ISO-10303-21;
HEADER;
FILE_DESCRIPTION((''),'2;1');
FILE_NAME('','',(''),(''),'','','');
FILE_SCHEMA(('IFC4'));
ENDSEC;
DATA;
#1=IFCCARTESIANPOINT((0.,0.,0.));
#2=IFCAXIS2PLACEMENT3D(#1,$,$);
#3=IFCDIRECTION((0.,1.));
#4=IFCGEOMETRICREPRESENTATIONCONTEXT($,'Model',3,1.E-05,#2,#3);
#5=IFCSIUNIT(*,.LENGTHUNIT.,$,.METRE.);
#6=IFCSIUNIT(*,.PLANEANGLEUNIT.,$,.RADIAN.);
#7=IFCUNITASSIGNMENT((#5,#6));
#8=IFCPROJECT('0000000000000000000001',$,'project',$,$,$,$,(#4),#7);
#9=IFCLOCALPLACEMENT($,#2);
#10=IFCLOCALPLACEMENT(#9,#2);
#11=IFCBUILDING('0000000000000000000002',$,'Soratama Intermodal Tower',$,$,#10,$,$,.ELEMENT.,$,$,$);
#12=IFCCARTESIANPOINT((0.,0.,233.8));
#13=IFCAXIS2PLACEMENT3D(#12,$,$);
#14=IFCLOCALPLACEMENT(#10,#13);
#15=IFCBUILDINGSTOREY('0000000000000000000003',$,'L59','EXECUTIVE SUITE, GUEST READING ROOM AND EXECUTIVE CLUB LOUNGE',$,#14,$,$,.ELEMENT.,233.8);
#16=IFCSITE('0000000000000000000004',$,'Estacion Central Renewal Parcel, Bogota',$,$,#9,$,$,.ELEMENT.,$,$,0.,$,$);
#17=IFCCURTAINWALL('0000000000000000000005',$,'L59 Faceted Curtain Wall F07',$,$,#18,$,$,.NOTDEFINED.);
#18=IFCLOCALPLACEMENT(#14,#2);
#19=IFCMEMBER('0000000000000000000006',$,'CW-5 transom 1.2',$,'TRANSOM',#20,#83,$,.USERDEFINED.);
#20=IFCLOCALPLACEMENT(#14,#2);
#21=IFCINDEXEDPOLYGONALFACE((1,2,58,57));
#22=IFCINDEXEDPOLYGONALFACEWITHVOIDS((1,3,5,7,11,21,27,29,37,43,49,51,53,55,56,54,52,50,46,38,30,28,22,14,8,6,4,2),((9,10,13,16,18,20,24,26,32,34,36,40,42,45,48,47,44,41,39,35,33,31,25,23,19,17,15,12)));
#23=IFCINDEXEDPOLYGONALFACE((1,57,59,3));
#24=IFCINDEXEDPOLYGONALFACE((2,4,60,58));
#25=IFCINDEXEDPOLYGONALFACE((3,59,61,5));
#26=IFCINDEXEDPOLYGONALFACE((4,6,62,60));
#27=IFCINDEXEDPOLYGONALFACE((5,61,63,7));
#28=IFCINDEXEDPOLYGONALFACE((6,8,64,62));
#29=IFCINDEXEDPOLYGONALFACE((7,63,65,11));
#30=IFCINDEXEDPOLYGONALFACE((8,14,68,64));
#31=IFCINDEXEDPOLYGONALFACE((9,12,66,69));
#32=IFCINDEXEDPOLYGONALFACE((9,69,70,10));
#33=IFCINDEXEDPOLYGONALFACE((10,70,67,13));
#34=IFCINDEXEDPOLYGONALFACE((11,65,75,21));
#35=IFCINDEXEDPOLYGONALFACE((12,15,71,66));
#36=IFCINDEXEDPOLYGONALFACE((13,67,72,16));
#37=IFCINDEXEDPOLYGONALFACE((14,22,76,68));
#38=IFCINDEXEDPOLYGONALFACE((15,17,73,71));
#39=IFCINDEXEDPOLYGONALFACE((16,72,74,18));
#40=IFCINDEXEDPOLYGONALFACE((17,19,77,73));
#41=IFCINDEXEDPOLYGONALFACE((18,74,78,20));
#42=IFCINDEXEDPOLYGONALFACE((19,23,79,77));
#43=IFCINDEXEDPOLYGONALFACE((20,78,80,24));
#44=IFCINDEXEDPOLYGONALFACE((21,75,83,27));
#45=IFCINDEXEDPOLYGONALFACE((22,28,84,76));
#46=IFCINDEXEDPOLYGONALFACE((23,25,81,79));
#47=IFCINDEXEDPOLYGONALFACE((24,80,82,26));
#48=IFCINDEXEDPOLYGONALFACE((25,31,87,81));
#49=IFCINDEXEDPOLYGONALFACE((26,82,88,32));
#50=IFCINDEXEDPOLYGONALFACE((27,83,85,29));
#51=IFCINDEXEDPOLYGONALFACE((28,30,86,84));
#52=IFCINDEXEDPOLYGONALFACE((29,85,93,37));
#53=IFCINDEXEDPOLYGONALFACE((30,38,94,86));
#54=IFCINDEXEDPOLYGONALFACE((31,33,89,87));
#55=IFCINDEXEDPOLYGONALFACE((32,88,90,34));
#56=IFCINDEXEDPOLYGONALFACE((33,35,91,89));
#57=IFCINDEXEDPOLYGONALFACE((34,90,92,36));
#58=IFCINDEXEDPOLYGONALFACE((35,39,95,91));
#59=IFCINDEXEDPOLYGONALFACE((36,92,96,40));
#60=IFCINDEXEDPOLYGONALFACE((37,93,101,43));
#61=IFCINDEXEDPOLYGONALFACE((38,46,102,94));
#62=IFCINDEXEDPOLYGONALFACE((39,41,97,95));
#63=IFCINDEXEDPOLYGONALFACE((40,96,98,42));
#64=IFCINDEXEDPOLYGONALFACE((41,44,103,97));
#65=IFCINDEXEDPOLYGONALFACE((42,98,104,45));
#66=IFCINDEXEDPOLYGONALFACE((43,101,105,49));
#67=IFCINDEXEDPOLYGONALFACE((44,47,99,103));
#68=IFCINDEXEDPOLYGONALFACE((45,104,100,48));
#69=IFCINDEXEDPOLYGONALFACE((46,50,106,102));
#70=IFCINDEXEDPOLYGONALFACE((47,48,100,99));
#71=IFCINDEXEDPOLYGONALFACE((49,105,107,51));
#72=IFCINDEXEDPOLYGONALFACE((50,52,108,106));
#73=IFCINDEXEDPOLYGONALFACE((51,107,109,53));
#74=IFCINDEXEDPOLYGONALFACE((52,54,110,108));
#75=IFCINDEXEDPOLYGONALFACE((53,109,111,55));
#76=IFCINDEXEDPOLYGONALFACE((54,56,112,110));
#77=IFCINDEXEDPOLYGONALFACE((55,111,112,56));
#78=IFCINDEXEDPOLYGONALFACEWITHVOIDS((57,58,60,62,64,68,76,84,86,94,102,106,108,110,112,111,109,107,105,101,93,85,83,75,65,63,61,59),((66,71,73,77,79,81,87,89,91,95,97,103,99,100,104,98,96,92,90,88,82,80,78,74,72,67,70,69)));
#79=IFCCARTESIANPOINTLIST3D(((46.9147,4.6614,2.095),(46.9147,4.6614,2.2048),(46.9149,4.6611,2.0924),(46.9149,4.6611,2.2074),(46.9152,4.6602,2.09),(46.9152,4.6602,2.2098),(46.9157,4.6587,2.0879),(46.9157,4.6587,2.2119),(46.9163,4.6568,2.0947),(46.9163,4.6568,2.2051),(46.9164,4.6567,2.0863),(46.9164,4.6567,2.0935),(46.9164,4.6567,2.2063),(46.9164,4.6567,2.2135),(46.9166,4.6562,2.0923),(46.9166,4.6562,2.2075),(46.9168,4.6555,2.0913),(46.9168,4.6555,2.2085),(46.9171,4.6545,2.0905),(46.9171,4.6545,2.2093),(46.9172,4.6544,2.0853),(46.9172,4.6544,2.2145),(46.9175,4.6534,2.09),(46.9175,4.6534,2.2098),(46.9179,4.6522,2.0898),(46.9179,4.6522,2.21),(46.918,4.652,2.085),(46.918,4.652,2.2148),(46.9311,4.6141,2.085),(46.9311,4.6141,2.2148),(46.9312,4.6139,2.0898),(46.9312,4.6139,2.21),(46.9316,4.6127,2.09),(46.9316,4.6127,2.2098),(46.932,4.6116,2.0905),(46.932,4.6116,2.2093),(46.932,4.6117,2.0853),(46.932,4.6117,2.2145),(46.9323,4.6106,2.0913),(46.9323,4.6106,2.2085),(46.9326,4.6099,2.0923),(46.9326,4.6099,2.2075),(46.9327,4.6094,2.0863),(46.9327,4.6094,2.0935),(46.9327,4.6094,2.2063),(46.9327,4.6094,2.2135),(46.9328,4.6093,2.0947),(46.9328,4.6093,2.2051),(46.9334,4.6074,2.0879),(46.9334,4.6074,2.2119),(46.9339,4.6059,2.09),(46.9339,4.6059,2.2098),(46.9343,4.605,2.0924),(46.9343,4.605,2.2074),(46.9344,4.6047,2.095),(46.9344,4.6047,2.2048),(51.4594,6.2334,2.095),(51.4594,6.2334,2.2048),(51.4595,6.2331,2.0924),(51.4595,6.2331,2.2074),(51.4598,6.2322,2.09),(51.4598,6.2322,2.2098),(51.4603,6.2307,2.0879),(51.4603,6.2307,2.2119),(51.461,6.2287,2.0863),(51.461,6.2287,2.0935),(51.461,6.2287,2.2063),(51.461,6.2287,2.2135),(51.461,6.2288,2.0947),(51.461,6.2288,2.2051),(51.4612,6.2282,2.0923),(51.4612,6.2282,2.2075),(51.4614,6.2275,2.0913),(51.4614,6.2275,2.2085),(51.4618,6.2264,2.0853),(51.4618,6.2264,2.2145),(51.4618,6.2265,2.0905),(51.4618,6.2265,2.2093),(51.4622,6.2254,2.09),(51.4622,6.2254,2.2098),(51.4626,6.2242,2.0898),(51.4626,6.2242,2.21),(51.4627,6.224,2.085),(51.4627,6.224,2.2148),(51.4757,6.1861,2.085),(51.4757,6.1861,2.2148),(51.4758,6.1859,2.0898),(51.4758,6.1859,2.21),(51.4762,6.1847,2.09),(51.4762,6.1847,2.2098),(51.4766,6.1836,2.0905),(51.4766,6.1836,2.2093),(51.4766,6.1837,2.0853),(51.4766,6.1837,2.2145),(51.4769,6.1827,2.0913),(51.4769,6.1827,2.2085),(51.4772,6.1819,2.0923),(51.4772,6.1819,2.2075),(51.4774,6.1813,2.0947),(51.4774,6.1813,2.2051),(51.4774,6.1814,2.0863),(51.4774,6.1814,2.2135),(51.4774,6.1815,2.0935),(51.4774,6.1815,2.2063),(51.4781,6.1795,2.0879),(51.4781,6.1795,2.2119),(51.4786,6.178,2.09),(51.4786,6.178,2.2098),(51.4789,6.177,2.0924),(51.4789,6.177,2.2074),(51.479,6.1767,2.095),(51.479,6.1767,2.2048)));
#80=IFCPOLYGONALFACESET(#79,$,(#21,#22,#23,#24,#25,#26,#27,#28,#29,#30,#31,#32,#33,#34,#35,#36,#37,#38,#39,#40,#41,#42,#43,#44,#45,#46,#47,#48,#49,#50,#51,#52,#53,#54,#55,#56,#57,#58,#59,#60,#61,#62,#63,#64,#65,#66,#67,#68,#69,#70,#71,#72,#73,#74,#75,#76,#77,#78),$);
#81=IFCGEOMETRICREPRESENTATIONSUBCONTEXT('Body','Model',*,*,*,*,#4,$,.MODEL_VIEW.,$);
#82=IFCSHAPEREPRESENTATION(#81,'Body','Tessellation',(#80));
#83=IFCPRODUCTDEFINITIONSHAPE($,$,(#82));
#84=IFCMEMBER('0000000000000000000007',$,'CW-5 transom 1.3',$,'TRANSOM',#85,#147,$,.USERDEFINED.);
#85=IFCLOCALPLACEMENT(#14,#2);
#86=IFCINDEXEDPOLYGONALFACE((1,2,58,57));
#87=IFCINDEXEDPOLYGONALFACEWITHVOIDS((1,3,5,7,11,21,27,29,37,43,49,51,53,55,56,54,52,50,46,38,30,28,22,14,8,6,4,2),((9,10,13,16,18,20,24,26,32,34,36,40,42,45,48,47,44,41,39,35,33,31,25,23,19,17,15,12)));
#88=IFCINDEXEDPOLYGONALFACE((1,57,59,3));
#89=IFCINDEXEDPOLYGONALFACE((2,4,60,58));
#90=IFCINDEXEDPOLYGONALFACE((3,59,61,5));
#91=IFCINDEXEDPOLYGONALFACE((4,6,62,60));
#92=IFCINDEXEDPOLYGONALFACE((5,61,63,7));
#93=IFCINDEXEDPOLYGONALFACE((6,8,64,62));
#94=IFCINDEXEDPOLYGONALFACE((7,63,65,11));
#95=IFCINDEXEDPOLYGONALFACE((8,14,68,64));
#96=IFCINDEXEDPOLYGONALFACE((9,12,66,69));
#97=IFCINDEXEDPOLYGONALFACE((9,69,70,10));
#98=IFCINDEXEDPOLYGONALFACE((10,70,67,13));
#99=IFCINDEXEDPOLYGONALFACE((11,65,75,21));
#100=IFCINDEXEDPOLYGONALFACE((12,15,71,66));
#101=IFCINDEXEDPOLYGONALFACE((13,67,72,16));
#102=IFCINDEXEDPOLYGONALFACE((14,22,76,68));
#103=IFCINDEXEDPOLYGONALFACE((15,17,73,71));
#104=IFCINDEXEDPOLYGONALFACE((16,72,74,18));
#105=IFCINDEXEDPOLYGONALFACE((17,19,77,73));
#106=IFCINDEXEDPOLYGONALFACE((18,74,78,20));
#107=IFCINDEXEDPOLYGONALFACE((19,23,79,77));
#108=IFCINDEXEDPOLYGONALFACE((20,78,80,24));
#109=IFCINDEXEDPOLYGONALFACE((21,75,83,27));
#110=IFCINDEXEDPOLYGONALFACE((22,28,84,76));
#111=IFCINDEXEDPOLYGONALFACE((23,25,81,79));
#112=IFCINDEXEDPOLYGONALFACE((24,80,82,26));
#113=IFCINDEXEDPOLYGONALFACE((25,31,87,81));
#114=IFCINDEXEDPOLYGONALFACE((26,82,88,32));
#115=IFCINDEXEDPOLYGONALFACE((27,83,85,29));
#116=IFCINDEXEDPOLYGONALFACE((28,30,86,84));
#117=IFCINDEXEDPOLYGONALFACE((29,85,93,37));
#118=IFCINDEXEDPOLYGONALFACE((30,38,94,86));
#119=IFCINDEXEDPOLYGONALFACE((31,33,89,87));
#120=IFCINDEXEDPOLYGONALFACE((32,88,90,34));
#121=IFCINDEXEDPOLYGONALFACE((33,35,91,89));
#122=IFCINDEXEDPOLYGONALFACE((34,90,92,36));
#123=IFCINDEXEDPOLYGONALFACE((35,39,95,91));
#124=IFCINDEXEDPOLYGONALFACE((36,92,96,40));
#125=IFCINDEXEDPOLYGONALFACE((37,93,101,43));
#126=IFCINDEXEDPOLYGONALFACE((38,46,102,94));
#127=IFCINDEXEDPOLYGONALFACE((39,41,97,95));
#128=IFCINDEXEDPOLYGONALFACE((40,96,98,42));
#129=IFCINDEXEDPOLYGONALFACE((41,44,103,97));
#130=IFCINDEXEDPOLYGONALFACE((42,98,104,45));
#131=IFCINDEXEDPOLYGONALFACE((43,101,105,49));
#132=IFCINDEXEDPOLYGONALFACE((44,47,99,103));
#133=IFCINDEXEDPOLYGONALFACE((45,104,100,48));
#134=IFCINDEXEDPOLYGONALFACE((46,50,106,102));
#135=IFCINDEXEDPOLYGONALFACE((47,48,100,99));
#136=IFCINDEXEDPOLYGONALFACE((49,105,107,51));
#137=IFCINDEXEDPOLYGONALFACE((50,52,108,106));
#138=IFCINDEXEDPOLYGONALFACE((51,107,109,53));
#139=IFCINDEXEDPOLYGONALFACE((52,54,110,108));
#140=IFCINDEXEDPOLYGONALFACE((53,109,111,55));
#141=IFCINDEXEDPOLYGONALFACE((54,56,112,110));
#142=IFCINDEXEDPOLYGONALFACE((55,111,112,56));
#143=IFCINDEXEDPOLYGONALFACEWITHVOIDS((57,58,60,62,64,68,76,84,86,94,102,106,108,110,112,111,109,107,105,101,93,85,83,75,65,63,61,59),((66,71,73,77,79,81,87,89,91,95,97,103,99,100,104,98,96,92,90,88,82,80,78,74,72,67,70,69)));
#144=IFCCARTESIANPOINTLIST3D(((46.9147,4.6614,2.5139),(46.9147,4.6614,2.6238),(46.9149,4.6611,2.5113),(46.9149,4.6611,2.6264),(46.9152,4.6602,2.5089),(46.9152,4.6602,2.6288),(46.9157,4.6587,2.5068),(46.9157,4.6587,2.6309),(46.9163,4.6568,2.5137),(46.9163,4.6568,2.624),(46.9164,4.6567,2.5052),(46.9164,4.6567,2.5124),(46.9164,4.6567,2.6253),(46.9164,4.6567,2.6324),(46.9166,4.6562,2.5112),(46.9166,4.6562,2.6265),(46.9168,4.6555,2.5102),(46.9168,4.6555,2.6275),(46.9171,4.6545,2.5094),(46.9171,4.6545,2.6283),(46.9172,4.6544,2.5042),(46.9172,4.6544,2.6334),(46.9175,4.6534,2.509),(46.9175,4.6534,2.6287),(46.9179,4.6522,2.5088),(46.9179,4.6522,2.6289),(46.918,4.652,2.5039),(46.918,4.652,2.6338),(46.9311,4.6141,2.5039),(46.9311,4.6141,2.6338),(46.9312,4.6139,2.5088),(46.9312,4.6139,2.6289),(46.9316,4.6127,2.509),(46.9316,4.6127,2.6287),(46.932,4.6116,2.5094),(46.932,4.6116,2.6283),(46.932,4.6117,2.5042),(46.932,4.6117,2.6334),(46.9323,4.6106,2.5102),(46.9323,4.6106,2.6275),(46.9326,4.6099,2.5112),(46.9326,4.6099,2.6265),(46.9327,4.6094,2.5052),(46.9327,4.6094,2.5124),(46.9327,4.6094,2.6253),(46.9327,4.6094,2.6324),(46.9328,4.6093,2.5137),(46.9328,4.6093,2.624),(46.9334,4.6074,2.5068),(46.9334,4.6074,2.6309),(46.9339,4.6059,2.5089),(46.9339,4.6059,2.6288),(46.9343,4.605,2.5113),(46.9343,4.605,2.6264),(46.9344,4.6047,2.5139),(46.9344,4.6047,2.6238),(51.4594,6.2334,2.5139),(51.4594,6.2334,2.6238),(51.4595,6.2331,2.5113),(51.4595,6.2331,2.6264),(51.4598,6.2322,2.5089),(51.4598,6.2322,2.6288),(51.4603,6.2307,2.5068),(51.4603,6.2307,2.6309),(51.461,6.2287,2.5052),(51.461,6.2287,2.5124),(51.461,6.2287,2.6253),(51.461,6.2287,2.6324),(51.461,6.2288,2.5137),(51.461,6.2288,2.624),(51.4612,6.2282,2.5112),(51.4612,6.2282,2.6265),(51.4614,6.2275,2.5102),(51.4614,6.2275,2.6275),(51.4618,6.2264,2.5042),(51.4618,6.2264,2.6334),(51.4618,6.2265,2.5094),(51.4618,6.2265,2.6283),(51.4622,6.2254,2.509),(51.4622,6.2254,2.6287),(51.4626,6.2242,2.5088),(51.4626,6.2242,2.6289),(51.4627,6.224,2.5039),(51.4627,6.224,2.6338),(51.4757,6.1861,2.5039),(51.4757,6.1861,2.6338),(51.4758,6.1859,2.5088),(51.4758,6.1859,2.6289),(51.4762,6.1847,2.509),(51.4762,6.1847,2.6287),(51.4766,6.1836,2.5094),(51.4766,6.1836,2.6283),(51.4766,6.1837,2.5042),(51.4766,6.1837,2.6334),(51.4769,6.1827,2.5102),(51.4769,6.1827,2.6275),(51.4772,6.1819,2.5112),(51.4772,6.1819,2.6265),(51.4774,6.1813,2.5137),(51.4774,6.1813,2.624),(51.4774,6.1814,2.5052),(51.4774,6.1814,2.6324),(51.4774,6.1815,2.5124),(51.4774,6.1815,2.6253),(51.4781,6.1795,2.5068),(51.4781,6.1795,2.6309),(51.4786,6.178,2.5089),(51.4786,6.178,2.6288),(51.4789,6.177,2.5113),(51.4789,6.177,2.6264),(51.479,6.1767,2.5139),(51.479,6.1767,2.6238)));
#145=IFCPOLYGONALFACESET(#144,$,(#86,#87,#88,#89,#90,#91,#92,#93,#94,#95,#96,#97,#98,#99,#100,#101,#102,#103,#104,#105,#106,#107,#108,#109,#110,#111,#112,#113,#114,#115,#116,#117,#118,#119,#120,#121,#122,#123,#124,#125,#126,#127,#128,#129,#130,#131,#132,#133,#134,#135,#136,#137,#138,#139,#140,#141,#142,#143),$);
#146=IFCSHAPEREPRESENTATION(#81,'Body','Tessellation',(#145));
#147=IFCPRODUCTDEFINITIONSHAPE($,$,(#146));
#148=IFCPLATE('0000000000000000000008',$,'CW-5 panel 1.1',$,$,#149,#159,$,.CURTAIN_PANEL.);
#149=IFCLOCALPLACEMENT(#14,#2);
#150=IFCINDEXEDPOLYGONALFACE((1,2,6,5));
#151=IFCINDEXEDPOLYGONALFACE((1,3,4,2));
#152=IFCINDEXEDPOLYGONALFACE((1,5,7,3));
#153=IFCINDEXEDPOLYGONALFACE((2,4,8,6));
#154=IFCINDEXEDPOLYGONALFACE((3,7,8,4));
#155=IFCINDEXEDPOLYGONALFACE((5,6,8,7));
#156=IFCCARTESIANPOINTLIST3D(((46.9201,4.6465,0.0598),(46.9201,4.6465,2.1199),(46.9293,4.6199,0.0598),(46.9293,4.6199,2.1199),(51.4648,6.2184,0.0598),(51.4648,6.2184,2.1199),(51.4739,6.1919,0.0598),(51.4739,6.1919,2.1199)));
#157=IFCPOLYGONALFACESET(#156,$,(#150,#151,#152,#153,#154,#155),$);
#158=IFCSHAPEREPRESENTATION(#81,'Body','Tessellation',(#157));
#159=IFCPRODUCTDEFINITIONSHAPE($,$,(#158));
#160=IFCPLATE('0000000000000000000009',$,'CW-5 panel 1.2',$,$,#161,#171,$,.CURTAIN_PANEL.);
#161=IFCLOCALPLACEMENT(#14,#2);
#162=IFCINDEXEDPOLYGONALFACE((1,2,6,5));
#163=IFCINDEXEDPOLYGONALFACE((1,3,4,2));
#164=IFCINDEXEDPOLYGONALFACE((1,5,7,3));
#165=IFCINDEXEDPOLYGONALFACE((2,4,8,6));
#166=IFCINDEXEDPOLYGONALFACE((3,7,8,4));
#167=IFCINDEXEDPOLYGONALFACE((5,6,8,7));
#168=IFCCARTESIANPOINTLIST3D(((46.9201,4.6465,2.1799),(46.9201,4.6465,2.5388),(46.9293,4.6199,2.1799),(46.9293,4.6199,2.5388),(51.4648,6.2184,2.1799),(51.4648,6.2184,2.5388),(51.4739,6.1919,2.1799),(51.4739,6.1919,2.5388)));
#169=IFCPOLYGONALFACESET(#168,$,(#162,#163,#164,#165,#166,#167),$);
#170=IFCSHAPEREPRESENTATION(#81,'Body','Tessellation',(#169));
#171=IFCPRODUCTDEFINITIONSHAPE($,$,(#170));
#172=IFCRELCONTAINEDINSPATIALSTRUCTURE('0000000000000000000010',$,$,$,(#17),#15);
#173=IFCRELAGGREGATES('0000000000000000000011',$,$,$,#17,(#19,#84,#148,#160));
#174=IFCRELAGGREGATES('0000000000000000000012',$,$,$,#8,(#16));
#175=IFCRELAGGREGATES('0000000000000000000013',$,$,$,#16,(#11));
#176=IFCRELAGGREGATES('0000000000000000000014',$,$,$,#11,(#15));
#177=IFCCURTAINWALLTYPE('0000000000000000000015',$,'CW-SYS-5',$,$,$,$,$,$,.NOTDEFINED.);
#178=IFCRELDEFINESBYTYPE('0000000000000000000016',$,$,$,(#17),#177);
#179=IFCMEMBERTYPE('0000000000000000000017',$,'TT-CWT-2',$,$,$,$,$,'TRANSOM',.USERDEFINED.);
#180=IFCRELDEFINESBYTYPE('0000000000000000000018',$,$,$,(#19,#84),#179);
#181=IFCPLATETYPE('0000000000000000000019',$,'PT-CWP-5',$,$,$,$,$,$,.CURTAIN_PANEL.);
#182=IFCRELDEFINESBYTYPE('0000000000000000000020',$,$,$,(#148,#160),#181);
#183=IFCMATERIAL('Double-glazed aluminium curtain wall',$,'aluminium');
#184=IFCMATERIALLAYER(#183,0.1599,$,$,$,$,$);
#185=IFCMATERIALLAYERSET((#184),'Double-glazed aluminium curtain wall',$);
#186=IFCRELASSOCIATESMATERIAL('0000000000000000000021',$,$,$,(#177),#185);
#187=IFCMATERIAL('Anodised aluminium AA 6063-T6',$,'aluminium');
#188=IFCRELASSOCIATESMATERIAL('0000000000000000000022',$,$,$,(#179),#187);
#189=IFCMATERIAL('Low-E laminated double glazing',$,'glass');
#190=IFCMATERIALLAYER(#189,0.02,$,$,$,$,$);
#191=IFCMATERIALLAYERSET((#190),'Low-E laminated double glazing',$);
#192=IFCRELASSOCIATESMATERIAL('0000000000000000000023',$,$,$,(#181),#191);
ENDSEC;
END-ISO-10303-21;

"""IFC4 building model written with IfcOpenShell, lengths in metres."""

from ifc_helpers import new_model, si_unit, direction, frame, origin, origin_2d, place, context, subcontext, project, spatial, rectangle, hollow_rectangle, extrude, material, layer, layer_set, material_profile, profile_set, type_object, element, aggregate, save


model = new_model("IFC4")

# Units and contexts
model_context = context("Model", 3, precision=1e-05, world=origin(), true_north=direction((0.0, 1.0)))
body_context = subcontext(model_context, "Body", "Model", "MODEL_VIEW")
ifc_project = project(units=[si_unit("LENGTHUNIT", "METRE"), si_unit("PLANEANGLEUNIT", "RADIAN")], contexts=[model_context])

# Site, building, storey
site_placement = place(None, origin())
site = spatial("IfcSite", under=ifc_project, at=site_placement, Name="Estacion Central Renewal Parcel, Bogota", CompositionType="ELEMENT", RefElevation=0.0)
building_placement = place(site_placement, origin())
building = spatial("IfcBuilding", under=site, at=building_placement, Name="Soratama Intermodal Tower", CompositionType="ELEMENT")
storey_placement = place(building_placement, frame((0.0, 0.0, 233.8)))
storey = spatial("IfcBuildingStorey", under=building, at=storey_placement, Name="L59", Description="EXECUTIVE SUITE, GUEST READING ROOM AND EXECUTIVE CLUB LOUNGE", CompositionType="ELEMENT", Elevation=233.8)

# Curtain wall, members, plates
ifc_material_1 = material(Name="Double-glazed aluminium curtain wall", Category="aluminium")
ifc_layer_1 = layer(ifc_material_1, 0.1599)
ifc_layer_set_1 = layer_set([ifc_layer_1], Name="Double-glazed aluminium curtain wall")
curtain_wall_type = type_object("IfcCurtainWallType", Name="CW-SYS-5", PredefinedType="NOTDEFINED", material=ifc_layer_set_1)
curtain_wall_placement = place(storey_placement, origin())
curtain_wall = element("IfcCurtainWall", 1, at=curtain_wall_placement, inside=storey, type_object=curtain_wall_type, Name="L59 Faceted Curtain Wall F07", PredefinedType="NOTDEFINED")
ifc_material_2 = material(Name="Anodised aluminium AA 6063-T6", Category="aluminium")
ifc_material_profile_1 = material_profile(ifc_material_2, hollow_rectangle(XDim=0.0601, YDim=0.1299, WallThickness=0.0049, InnerFilletRadius=0.0049, OuterFilletRadius=0.01, at=origin_2d()), Name="CWT130X60X5")
ifc_profile_set_1 = profile_set([ifc_material_profile_1], Name="Anodised aluminium AA 6063-T6")
member_type_1 = type_object("IfcMemberType", Name="TT-CWT-2", ElementType="TRANSOM", PredefinedType="USERDEFINED", material=ifc_profile_set_1)
member_1_placement = place(storey_placement, frame((46.9246, 4.6331, 2.1499), z_axis=(0.945059, 0.3269, 0.0), x_axis=(-0.3269, 0.945059, 0.0)))
member_1 = element("IfcMember", 2, at=member_1_placement, type_object=member_type_1, Name="CW-5 transom 1.2", ObjectType="TRANSOM", PredefinedType="USERDEFINED", context=body_context, shape_type="SweptSolid", body=[
    extrude(hollow_rectangle(XDim=0.0601, YDim=0.1299, WallThickness=0.0049, InnerFilletRadius=0.0049, OuterFilletRadius=0.01, at=origin_2d()), origin(), (0.0, 0.0, 1.0), 4.8088),
])
member_2_placement = place(storey_placement, frame((46.9246, 4.6331, 2.5688), z_axis=(0.945059, 0.3269, 0.0), x_axis=(-0.3269, 0.945059, 0.0)))
member_2 = element("IfcMember", 3, at=member_2_placement, type_object=member_type_1, Name="CW-5 transom 1.3", ObjectType="TRANSOM", PredefinedType="USERDEFINED", context=body_context, shape_type="SweptSolid", body=[
    extrude(hollow_rectangle(XDim=0.0601, YDim=0.1299, WallThickness=0.0049, InnerFilletRadius=0.0049, OuterFilletRadius=0.01, at=origin_2d()), origin(), (0.0, 0.0, 1.0), 4.8088),
])
ifc_material_3 = material(Name="Low-E laminated double glazing", Category="glass")
ifc_layer_2 = layer(ifc_material_3, 0.02)
ifc_layer_set_2 = layer_set([ifc_layer_2], Name="Low-E laminated double glazing")
plate_type = type_object("IfcPlateType", Name="PT-CWP-5", PredefinedType="CURTAIN_PANEL", material=ifc_layer_set_2)
plate_1_placement = place(storey_placement, frame((49.197, 5.4192, 0.0598), z_axis=(0.0, 0.0, 1.0), x_axis=(0.945061, 0.326894, 0.0)))
plate_1 = element("IfcPlate", 4, at=plate_1_placement, type_object=plate_type, Name="CW-5 panel 1.1", PredefinedType="CURTAIN_PANEL", context=body_context, shape_type="SweptSolid", body=[
    extrude(rectangle(XDim=4.8088, YDim=0.0281, at=origin_2d()), origin(), (0.0, 0.0, 1.0), 2.0601),
])
plate_2_placement = place(storey_placement, frame((49.197, 5.4192, 2.1799), z_axis=(0.0, 0.0, 1.0), x_axis=(0.945061, 0.326894, 0.0)))
plate_2 = element("IfcPlate", 5, at=plate_2_placement, type_object=plate_type, Name="CW-5 panel 1.2", PredefinedType="CURTAIN_PANEL", context=body_context, shape_type="SweptSolid", body=[
    extrude(rectangle(XDim=4.8088, YDim=0.0281, at=origin_2d()), origin(), (0.0, 0.0, 1.0), 0.3589),
])
aggregate(curtain_wall, [member_1, member_2, plate_1, plate_2])

save(model, "model.ifc")
